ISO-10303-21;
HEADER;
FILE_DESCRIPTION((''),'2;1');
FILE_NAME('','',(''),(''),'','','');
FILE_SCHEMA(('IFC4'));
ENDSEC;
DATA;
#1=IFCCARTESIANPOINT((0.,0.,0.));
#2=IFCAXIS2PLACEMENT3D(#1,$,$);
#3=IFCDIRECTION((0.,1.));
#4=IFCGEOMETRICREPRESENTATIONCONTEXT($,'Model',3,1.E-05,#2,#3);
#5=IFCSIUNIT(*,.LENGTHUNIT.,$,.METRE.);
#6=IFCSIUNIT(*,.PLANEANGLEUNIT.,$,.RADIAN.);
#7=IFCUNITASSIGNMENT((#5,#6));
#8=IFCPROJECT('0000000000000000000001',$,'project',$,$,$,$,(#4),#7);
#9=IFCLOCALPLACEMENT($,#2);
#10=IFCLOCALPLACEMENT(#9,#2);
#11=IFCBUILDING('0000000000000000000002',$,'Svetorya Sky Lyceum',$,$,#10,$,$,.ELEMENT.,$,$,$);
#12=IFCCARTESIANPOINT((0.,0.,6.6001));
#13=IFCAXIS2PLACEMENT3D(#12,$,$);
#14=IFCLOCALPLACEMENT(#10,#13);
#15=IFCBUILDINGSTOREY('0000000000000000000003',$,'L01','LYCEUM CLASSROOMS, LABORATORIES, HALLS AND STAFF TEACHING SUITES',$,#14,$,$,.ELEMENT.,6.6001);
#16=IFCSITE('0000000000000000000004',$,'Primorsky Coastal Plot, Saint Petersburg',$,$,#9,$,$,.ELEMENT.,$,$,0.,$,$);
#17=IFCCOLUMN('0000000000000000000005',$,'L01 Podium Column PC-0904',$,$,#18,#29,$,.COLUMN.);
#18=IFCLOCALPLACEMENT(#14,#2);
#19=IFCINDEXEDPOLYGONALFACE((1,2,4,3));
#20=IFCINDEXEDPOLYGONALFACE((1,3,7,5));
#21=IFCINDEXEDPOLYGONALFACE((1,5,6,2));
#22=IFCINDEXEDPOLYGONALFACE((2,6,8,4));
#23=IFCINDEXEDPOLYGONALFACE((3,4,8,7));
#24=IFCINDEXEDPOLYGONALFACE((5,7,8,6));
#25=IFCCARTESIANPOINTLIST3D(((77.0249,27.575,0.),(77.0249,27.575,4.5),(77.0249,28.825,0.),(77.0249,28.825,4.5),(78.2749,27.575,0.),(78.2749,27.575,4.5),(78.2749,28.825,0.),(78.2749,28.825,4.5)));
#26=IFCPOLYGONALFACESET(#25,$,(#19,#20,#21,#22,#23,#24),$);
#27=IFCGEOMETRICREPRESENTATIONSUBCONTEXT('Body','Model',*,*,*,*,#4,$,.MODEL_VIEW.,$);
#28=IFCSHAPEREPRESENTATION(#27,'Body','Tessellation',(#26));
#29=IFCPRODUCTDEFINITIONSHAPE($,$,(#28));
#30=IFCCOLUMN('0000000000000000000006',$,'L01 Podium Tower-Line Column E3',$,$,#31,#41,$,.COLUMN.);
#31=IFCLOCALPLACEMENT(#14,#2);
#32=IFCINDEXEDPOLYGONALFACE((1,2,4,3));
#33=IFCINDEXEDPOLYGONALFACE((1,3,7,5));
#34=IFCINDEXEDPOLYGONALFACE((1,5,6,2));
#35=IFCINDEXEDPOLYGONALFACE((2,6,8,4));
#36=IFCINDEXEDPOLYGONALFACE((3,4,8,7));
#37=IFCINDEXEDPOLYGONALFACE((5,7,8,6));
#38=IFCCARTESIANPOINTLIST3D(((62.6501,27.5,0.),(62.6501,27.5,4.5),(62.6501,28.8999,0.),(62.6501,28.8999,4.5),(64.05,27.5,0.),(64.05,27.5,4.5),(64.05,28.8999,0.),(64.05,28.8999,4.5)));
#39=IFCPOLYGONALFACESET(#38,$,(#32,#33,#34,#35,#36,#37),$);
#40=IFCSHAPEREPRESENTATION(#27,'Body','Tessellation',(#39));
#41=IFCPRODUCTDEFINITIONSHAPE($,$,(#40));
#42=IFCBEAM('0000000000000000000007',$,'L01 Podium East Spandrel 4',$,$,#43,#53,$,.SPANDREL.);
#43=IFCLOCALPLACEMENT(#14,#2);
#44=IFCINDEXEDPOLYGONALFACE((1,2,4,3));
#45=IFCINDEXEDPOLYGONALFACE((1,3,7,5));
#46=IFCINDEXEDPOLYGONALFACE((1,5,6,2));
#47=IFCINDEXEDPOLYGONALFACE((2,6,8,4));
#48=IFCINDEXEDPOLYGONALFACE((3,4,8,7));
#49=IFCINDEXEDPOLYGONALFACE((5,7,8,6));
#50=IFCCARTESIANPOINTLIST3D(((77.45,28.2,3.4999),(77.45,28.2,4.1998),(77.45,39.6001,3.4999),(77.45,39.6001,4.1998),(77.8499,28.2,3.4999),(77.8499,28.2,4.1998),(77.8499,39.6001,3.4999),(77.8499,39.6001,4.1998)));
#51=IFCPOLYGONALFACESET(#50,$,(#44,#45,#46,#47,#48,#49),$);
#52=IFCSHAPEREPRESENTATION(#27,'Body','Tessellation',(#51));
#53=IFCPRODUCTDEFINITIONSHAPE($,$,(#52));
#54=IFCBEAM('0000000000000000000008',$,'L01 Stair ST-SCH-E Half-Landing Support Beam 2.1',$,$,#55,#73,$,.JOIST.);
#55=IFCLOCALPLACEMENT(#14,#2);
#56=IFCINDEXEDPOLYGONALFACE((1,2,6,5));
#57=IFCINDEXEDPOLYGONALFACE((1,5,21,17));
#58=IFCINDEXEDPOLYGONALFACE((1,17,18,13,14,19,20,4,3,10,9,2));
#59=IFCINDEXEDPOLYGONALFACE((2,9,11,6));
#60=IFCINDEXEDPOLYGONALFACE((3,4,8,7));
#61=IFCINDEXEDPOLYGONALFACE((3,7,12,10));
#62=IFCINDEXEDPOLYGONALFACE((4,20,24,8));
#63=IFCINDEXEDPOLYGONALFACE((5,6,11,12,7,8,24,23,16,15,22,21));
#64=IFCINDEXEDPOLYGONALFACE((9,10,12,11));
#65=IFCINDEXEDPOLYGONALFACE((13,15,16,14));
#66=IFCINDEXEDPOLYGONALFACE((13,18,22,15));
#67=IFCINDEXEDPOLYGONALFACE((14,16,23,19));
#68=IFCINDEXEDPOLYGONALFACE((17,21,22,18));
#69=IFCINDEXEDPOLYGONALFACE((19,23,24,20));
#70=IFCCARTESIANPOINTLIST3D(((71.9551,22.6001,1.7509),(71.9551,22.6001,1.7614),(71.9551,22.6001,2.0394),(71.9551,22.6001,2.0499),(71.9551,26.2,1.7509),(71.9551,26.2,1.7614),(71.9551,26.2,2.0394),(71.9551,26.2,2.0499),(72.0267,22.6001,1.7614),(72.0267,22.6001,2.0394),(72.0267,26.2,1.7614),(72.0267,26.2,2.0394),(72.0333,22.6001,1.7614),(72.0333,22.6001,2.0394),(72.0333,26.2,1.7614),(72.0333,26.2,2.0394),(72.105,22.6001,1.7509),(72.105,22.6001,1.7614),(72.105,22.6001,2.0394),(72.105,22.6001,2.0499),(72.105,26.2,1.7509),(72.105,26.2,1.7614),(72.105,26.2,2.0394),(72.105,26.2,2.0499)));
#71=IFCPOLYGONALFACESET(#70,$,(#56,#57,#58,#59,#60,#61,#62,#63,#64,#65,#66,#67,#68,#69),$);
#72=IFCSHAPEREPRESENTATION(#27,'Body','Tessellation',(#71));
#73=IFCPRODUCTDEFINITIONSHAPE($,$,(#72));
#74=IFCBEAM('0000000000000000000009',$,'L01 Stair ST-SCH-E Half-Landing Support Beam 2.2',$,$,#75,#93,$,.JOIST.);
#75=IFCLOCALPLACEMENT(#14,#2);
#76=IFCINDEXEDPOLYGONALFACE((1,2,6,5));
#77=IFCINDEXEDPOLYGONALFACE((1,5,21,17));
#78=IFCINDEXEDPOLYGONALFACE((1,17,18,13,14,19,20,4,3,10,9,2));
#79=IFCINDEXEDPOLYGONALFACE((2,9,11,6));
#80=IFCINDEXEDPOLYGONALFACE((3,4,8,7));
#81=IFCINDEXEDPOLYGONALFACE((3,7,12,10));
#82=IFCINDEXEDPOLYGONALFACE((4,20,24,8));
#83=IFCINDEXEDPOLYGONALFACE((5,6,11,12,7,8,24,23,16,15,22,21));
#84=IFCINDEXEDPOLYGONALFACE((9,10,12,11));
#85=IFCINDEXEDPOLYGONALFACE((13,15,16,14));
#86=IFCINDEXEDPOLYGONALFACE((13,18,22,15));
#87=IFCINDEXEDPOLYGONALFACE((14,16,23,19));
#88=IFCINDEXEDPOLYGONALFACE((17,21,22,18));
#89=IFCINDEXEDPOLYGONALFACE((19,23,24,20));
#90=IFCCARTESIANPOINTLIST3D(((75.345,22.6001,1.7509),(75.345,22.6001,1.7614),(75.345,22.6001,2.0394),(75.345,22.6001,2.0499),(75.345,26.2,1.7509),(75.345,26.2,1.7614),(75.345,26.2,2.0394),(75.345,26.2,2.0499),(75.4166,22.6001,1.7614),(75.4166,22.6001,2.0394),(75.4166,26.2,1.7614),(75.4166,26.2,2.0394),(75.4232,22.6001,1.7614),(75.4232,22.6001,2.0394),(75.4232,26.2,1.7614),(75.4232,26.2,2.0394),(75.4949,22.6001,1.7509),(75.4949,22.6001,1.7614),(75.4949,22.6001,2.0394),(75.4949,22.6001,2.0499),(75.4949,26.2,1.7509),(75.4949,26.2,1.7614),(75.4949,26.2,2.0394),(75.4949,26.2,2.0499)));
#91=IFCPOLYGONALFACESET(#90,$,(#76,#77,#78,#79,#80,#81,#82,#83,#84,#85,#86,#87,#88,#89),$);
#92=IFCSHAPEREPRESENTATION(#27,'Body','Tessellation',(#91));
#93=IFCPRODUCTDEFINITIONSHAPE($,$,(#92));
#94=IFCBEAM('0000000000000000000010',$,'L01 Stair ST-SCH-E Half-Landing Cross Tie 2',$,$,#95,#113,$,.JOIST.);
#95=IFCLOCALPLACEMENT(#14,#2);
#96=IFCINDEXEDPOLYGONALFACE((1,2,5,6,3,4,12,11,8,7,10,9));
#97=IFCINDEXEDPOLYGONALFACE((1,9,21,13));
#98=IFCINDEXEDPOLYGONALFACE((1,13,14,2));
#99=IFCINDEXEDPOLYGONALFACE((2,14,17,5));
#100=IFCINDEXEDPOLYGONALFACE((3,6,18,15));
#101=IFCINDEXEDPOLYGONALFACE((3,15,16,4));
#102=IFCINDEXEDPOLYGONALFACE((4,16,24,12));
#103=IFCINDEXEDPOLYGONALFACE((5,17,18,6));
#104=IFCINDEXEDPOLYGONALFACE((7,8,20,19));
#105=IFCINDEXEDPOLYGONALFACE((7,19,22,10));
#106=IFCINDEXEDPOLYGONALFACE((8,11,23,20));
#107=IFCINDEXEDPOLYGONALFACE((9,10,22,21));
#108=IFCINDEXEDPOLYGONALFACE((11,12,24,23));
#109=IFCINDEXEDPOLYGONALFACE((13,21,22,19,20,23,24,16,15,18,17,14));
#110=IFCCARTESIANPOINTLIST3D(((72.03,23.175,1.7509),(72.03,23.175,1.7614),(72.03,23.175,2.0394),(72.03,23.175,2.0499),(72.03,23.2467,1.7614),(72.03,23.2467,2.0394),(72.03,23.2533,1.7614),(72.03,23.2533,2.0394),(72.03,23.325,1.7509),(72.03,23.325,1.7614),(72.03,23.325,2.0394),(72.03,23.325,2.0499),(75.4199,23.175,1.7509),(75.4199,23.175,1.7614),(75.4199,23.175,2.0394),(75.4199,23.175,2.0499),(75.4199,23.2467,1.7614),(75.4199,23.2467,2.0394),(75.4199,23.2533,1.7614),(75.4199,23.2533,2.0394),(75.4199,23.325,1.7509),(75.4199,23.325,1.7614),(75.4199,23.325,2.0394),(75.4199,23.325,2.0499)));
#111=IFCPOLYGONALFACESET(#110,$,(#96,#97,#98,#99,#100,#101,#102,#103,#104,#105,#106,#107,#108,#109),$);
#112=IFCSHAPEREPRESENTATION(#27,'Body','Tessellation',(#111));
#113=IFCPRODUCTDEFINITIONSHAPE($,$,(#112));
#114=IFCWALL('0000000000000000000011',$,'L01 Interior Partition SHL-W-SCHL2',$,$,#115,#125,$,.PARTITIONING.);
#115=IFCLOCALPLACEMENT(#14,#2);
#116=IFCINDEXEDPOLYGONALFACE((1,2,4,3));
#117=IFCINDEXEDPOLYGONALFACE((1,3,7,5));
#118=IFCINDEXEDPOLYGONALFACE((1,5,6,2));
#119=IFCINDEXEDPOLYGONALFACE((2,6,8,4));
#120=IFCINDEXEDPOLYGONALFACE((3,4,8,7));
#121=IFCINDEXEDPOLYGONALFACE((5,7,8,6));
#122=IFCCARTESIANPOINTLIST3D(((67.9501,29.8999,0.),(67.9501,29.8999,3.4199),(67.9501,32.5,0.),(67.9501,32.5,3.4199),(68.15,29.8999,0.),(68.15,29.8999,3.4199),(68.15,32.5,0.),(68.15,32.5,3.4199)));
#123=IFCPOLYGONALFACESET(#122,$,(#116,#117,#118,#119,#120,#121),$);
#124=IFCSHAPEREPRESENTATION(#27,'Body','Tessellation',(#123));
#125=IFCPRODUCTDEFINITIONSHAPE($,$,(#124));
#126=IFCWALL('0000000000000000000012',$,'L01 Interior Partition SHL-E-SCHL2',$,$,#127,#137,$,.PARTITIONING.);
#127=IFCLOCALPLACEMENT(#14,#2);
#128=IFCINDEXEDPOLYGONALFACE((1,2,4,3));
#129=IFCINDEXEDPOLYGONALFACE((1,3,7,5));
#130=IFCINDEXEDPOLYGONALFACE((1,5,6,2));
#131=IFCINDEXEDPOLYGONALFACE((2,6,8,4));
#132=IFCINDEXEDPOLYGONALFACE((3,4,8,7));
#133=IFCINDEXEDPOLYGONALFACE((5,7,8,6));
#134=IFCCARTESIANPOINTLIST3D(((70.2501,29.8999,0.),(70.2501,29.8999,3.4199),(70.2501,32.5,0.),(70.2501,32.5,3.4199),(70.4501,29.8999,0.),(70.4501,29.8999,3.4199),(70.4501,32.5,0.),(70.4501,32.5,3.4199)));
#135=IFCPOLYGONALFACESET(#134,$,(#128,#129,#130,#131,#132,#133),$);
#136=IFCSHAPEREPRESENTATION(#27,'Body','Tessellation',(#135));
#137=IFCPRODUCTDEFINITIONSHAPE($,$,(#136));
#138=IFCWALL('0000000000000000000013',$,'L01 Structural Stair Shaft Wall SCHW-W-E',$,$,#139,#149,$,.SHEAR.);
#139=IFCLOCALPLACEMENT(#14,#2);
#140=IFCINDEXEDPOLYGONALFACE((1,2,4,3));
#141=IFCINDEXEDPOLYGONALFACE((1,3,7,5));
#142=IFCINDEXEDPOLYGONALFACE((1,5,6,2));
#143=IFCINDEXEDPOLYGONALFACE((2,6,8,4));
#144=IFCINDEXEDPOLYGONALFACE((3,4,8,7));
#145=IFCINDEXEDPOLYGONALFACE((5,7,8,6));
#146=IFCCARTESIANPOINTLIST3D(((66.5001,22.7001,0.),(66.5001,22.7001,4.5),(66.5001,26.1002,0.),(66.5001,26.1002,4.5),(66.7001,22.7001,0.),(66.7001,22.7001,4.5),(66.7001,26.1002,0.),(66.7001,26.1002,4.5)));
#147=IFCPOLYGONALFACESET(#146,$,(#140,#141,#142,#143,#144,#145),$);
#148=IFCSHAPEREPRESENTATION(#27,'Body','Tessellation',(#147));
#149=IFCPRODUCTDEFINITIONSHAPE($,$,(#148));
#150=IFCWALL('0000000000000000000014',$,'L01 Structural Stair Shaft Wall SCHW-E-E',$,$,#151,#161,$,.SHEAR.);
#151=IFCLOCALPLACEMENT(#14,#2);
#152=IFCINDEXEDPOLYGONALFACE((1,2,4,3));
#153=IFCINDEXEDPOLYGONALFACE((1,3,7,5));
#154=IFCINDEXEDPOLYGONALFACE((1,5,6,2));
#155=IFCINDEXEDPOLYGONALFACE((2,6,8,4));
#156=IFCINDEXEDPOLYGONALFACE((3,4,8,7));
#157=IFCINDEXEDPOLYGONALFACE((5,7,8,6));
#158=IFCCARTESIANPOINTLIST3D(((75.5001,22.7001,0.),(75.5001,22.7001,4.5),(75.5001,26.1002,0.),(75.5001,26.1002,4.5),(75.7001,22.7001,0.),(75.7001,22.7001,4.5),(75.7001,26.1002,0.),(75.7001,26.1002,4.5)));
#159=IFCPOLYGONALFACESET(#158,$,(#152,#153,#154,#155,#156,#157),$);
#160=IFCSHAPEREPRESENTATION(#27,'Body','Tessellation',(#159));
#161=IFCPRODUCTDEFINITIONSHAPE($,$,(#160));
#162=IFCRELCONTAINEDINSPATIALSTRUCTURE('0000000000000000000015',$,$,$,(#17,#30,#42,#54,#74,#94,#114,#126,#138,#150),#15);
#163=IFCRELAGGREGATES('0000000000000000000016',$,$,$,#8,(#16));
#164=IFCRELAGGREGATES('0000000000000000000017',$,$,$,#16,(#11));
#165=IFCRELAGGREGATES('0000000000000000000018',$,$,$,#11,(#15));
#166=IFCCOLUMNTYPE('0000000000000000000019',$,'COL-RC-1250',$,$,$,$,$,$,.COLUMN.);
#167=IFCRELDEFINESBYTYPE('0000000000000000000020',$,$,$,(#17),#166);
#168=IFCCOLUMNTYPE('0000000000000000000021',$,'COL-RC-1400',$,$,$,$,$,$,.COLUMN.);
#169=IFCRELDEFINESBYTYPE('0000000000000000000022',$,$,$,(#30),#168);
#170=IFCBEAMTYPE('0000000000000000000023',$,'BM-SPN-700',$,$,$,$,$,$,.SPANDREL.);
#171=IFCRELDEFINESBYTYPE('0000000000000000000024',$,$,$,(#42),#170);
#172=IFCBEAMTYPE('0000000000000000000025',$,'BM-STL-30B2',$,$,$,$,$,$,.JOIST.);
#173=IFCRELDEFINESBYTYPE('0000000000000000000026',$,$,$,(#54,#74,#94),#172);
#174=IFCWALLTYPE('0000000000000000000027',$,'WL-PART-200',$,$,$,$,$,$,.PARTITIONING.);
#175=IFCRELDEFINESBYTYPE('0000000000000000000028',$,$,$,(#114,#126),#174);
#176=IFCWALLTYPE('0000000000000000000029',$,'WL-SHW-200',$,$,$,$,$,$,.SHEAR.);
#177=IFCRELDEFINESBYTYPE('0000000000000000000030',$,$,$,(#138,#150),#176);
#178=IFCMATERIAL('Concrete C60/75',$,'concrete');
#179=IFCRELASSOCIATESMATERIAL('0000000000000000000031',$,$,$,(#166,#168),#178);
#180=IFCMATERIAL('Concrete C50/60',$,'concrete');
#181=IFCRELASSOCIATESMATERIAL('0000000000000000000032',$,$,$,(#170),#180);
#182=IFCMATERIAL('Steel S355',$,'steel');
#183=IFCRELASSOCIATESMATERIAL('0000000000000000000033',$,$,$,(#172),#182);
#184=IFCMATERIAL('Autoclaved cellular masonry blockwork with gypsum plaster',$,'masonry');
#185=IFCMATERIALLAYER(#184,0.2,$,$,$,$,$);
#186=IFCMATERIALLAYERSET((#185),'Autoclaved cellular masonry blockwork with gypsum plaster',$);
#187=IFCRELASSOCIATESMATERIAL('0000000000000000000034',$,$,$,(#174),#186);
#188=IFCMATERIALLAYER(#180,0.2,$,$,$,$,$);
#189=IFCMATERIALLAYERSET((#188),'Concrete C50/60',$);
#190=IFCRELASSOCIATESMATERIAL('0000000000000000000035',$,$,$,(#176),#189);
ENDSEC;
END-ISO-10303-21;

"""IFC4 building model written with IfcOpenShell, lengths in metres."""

from ifc_helpers import new_model, si_unit, direction, frame, frame_2d, origin, origin_2d, place, context, subcontext, project, spatial, rectangle, i_section, extrude, material, layer, layer_set, material_profile, profile_set, type_object, element, save


model = new_model("IFC4")

# Units and contexts
model_context = context("Model", 3, precision=1e-05, world=origin(), true_north=direction((0.0, 1.0)))
body_context = subcontext(model_context, "Body", "Model", "MODEL_VIEW")
ifc_project = project(units=[si_unit("LENGTHUNIT", "METRE"), si_unit("PLANEANGLEUNIT", "RADIAN")], contexts=[model_context])

# Site, building, storey
site_placement = place(None, origin())
site = spatial("IfcSite", under=ifc_project, at=site_placement, Name="Primorsky Coastal Plot, Saint Petersburg", CompositionType="ELEMENT", RefElevation=0.0)
building_placement = place(site_placement, origin())
building = spatial("IfcBuilding", under=site, at=building_placement, Name="Svetorya Sky Lyceum", CompositionType="ELEMENT")
storey_placement = place(building_placement, frame((0.0, 0.0, 6.6001)))
storey = spatial("IfcBuildingStorey", under=building, at=storey_placement, Name="L01", Description="LYCEUM CLASSROOMS, LABORATORIES, HALLS AND STAFF TEACHING SUITES", CompositionType="ELEMENT", Elevation=6.6001)

# Columns
ifc_material_1 = material(Name="Concrete C60/75", Category="concrete")
ifc_material_profile_1 = material_profile(ifc_material_1, rectangle(XDim=1.25, YDim=1.25, at=origin_2d()), Name="RC COL 1250x1250")
ifc_profile_set_1 = profile_set([ifc_material_profile_1], Name="Concrete C60/75")
column_type_1 = type_object("IfcColumnType", Name="COL-RC-1250", PredefinedType="COLUMN", material=ifc_profile_set_1)
column_1_placement = place(storey_placement, frame((77.6499, 28.2, 0.0), z_axis=(0.0, 0.0, 1.0), x_axis=(1.0, 0.0, 0.0)))
element("IfcColumn", 1, at=column_1_placement, inside=storey, type_object=column_type_1, Name="L01 Podium Column PC-0904", PredefinedType="COLUMN", context=body_context, shape_type="SweptSolid", body=[
    extrude(rectangle(XDim=1.25, YDim=1.25, at=origin_2d()), origin(), (0.0, 0.0, 1.0), 4.5),
])
ifc_material_profile_2 = material_profile(ifc_material_1, rectangle(XDim=1.3999, YDim=1.3999, at=origin_2d()), Name="RC COL 1400x1400")
ifc_profile_set_2 = profile_set([ifc_material_profile_2], Name="Concrete C60/75")
column_type_2 = type_object("IfcColumnType", Name="COL-RC-1400", PredefinedType="COLUMN", material=ifc_profile_set_2)
column_2_placement = place(storey_placement, frame((63.3501, 28.2, 0.0), z_axis=(0.0, 0.0, 1.0), x_axis=(1.0, 0.0, 0.0)))
element("IfcColumn", 2, at=column_2_placement, inside=storey, type_object=column_type_2, Name="L01 Podium Tower-Line Column E3", PredefinedType="COLUMN", context=body_context, shape_type="SweptSolid", body=[
    extrude(rectangle(XDim=1.3999, YDim=1.3999, at=origin_2d()), origin(), (0.0, 0.0, 1.0), 4.5),
])

# Beams
ifc_material_2 = material(Name="Concrete C50/60", Category="concrete")
ifc_material_profile_3 = material_profile(ifc_material_2, rectangle(XDim=0.3999, YDim=0.7, at=origin_2d()), Name="RC SPANDREL 400x700")
ifc_profile_set_3 = profile_set([ifc_material_profile_3], Name="Concrete C50/60")
beam_type_1 = type_object("IfcBeamType", Name="BM-SPN-700", PredefinedType="SPANDREL", material=ifc_profile_set_3)
beam_1_placement = place(storey_placement, frame((77.6499, 28.2, 3.8499), z_axis=(0.0, 1.0, 0.0), x_axis=(-1.0, 0.0, 0.0)))
element("IfcBeam", 3, at=beam_1_placement, inside=storey, type_object=beam_type_1, Name="L01 Podium East Spandrel 4", PredefinedType="SPANDREL", context=body_context, shape_type="SweptSolid", body=[
    extrude(rectangle(XDim=0.3999, YDim=0.7, at=origin_2d()), origin(), (0.0, 0.0, 1.0), 11.4001),
])
ifc_material_3 = material(Name="Steel S355", Category="steel")
ifc_material_profile_4 = material_profile(ifc_material_3, i_section(OverallWidth=0.1499, OverallDepth=0.2991, WebThickness=0.0066, FlangeThickness=0.0105, at=origin_2d()), Name="GOST 30B2")
ifc_profile_set_4 = profile_set([ifc_material_profile_4], Name="Steel S355")
beam_type_2 = type_object("IfcBeamType", Name="BM-STL-30B2", PredefinedType="JOIST", material=ifc_profile_set_4)
for number, where, z_axis, x_axis, name in (
    (4, (72.03, 22.6001, 1.9004), (0.0, 1.0, 0.0), (-1.0, 0.0, 0.0), "L01 Stair ST-SCH-E Half-Landing Support Beam 2.1"),
    (5, (75.4199, 22.6001, 1.9004), (0.0, 1.0, 0.0), (-1.0, 0.0, 0.0), "L01 Stair ST-SCH-E Half-Landing Support Beam 2.2"),
):
    element("IfcBeam", number, at=place(storey_placement, frame(where, z_axis=z_axis, x_axis=x_axis)), inside=storey, type_object=beam_type_2, Name=name, PredefinedType="JOIST", context=body_context, shape_type="SweptSolid", body=[
        extrude(i_section(OverallWidth=0.1499, OverallDepth=0.2991, WebThickness=0.0066, FlangeThickness=0.0105, at=origin_2d()), origin(), (0.0, 0.0, 1.0), 3.5999),
    ])
beam_2_placement = place(storey_placement, frame((72.03, 23.25, 1.9004), z_axis=(1.0, 0.0, 0.0), x_axis=(0.0, 1.0, 0.0)))
element("IfcBeam", 6, at=beam_2_placement, inside=storey, type_object=beam_type_2, Name="L01 Stair ST-SCH-E Half-Landing Cross Tie 2", PredefinedType="JOIST", context=body_context, shape_type="SweptSolid", body=[
    extrude(i_section(OverallWidth=0.1499, OverallDepth=0.2991, WebThickness=0.0066, FlangeThickness=0.0105, at=origin_2d()), origin(), (0.0, 0.0, 1.0), 3.3899),
])

# Walls
ifc_material_4 = material(Name="Autoclaved cellular masonry blockwork with gypsum plaster", Category="masonry")
ifc_layer_1 = layer(ifc_material_4, 0.2)
ifc_layer_set_1 = layer_set([ifc_layer_1], Name="Autoclaved cellular masonry blockwork with gypsum plaster")
wall_type_1 = type_object("IfcWallType", Name="WL-PART-200", PredefinedType="PARTITIONING", material=ifc_layer_set_1)
for number, where, z_axis, x_axis, name in (
    (7, (68.05, 29.8999, 0.0), (0.0, 0.0, 1.0), (0.0, 1.0, 0.0), "L01 Interior Partition SHL-W-SCHL2"),
    (8, (70.3501, 29.8999, 0.0), (0.0, 0.0, 1.0), (0.0, 1.0, 0.0), "L01 Interior Partition SHL-E-SCHL2"),
):
    element("IfcWall", number, at=place(storey_placement, frame(where, z_axis=z_axis, x_axis=x_axis)), inside=storey, type_object=wall_type_1, Name=name, PredefinedType="PARTITIONING", context=body_context, shape_type="SweptSolid", body=[
        extrude(rectangle(XDim=2.6001, YDim=0.2, at=frame_2d((1.3, 0.0))), origin(), (0.0, 0.0, 1.0), 3.4199),
    ])

# Walls
ifc_layer_2 = layer(ifc_material_2, 0.2)
ifc_layer_set_2 = layer_set([ifc_layer_2], Name="Concrete C50/60")
wall_type_2 = type_object("IfcWallType", Name="WL-SHW-200", PredefinedType="SHEAR", material=ifc_layer_set_2)
for number, where, z_axis, x_axis, name in (
    (9, (66.6001, 22.7, 0.0), (0.0, 0.0, 1.0), (0.0, 1.0, 0.0), "L01 Structural Stair Shaft Wall SCHW-W-E"),
    (10, (75.6001, 22.7, 0.0), (0.0, 0.0, 1.0), (0.0, 1.0, 0.0), "L01 Structural Stair Shaft Wall SCHW-E-E"),
):
    element("IfcWall", number, at=place(storey_placement, frame(where, z_axis=z_axis, x_axis=x_axis)), inside=storey, type_object=wall_type_2, Name=name, PredefinedType="SHEAR", context=body_context, shape_type="SweptSolid", body=[
        extrude(rectangle(XDim=3.4001, YDim=0.2, at=frame_2d((1.7002, 0.0))), origin(), (0.0, 0.0, 1.0), 4.5),
    ])

save(model, "model.ifc")
